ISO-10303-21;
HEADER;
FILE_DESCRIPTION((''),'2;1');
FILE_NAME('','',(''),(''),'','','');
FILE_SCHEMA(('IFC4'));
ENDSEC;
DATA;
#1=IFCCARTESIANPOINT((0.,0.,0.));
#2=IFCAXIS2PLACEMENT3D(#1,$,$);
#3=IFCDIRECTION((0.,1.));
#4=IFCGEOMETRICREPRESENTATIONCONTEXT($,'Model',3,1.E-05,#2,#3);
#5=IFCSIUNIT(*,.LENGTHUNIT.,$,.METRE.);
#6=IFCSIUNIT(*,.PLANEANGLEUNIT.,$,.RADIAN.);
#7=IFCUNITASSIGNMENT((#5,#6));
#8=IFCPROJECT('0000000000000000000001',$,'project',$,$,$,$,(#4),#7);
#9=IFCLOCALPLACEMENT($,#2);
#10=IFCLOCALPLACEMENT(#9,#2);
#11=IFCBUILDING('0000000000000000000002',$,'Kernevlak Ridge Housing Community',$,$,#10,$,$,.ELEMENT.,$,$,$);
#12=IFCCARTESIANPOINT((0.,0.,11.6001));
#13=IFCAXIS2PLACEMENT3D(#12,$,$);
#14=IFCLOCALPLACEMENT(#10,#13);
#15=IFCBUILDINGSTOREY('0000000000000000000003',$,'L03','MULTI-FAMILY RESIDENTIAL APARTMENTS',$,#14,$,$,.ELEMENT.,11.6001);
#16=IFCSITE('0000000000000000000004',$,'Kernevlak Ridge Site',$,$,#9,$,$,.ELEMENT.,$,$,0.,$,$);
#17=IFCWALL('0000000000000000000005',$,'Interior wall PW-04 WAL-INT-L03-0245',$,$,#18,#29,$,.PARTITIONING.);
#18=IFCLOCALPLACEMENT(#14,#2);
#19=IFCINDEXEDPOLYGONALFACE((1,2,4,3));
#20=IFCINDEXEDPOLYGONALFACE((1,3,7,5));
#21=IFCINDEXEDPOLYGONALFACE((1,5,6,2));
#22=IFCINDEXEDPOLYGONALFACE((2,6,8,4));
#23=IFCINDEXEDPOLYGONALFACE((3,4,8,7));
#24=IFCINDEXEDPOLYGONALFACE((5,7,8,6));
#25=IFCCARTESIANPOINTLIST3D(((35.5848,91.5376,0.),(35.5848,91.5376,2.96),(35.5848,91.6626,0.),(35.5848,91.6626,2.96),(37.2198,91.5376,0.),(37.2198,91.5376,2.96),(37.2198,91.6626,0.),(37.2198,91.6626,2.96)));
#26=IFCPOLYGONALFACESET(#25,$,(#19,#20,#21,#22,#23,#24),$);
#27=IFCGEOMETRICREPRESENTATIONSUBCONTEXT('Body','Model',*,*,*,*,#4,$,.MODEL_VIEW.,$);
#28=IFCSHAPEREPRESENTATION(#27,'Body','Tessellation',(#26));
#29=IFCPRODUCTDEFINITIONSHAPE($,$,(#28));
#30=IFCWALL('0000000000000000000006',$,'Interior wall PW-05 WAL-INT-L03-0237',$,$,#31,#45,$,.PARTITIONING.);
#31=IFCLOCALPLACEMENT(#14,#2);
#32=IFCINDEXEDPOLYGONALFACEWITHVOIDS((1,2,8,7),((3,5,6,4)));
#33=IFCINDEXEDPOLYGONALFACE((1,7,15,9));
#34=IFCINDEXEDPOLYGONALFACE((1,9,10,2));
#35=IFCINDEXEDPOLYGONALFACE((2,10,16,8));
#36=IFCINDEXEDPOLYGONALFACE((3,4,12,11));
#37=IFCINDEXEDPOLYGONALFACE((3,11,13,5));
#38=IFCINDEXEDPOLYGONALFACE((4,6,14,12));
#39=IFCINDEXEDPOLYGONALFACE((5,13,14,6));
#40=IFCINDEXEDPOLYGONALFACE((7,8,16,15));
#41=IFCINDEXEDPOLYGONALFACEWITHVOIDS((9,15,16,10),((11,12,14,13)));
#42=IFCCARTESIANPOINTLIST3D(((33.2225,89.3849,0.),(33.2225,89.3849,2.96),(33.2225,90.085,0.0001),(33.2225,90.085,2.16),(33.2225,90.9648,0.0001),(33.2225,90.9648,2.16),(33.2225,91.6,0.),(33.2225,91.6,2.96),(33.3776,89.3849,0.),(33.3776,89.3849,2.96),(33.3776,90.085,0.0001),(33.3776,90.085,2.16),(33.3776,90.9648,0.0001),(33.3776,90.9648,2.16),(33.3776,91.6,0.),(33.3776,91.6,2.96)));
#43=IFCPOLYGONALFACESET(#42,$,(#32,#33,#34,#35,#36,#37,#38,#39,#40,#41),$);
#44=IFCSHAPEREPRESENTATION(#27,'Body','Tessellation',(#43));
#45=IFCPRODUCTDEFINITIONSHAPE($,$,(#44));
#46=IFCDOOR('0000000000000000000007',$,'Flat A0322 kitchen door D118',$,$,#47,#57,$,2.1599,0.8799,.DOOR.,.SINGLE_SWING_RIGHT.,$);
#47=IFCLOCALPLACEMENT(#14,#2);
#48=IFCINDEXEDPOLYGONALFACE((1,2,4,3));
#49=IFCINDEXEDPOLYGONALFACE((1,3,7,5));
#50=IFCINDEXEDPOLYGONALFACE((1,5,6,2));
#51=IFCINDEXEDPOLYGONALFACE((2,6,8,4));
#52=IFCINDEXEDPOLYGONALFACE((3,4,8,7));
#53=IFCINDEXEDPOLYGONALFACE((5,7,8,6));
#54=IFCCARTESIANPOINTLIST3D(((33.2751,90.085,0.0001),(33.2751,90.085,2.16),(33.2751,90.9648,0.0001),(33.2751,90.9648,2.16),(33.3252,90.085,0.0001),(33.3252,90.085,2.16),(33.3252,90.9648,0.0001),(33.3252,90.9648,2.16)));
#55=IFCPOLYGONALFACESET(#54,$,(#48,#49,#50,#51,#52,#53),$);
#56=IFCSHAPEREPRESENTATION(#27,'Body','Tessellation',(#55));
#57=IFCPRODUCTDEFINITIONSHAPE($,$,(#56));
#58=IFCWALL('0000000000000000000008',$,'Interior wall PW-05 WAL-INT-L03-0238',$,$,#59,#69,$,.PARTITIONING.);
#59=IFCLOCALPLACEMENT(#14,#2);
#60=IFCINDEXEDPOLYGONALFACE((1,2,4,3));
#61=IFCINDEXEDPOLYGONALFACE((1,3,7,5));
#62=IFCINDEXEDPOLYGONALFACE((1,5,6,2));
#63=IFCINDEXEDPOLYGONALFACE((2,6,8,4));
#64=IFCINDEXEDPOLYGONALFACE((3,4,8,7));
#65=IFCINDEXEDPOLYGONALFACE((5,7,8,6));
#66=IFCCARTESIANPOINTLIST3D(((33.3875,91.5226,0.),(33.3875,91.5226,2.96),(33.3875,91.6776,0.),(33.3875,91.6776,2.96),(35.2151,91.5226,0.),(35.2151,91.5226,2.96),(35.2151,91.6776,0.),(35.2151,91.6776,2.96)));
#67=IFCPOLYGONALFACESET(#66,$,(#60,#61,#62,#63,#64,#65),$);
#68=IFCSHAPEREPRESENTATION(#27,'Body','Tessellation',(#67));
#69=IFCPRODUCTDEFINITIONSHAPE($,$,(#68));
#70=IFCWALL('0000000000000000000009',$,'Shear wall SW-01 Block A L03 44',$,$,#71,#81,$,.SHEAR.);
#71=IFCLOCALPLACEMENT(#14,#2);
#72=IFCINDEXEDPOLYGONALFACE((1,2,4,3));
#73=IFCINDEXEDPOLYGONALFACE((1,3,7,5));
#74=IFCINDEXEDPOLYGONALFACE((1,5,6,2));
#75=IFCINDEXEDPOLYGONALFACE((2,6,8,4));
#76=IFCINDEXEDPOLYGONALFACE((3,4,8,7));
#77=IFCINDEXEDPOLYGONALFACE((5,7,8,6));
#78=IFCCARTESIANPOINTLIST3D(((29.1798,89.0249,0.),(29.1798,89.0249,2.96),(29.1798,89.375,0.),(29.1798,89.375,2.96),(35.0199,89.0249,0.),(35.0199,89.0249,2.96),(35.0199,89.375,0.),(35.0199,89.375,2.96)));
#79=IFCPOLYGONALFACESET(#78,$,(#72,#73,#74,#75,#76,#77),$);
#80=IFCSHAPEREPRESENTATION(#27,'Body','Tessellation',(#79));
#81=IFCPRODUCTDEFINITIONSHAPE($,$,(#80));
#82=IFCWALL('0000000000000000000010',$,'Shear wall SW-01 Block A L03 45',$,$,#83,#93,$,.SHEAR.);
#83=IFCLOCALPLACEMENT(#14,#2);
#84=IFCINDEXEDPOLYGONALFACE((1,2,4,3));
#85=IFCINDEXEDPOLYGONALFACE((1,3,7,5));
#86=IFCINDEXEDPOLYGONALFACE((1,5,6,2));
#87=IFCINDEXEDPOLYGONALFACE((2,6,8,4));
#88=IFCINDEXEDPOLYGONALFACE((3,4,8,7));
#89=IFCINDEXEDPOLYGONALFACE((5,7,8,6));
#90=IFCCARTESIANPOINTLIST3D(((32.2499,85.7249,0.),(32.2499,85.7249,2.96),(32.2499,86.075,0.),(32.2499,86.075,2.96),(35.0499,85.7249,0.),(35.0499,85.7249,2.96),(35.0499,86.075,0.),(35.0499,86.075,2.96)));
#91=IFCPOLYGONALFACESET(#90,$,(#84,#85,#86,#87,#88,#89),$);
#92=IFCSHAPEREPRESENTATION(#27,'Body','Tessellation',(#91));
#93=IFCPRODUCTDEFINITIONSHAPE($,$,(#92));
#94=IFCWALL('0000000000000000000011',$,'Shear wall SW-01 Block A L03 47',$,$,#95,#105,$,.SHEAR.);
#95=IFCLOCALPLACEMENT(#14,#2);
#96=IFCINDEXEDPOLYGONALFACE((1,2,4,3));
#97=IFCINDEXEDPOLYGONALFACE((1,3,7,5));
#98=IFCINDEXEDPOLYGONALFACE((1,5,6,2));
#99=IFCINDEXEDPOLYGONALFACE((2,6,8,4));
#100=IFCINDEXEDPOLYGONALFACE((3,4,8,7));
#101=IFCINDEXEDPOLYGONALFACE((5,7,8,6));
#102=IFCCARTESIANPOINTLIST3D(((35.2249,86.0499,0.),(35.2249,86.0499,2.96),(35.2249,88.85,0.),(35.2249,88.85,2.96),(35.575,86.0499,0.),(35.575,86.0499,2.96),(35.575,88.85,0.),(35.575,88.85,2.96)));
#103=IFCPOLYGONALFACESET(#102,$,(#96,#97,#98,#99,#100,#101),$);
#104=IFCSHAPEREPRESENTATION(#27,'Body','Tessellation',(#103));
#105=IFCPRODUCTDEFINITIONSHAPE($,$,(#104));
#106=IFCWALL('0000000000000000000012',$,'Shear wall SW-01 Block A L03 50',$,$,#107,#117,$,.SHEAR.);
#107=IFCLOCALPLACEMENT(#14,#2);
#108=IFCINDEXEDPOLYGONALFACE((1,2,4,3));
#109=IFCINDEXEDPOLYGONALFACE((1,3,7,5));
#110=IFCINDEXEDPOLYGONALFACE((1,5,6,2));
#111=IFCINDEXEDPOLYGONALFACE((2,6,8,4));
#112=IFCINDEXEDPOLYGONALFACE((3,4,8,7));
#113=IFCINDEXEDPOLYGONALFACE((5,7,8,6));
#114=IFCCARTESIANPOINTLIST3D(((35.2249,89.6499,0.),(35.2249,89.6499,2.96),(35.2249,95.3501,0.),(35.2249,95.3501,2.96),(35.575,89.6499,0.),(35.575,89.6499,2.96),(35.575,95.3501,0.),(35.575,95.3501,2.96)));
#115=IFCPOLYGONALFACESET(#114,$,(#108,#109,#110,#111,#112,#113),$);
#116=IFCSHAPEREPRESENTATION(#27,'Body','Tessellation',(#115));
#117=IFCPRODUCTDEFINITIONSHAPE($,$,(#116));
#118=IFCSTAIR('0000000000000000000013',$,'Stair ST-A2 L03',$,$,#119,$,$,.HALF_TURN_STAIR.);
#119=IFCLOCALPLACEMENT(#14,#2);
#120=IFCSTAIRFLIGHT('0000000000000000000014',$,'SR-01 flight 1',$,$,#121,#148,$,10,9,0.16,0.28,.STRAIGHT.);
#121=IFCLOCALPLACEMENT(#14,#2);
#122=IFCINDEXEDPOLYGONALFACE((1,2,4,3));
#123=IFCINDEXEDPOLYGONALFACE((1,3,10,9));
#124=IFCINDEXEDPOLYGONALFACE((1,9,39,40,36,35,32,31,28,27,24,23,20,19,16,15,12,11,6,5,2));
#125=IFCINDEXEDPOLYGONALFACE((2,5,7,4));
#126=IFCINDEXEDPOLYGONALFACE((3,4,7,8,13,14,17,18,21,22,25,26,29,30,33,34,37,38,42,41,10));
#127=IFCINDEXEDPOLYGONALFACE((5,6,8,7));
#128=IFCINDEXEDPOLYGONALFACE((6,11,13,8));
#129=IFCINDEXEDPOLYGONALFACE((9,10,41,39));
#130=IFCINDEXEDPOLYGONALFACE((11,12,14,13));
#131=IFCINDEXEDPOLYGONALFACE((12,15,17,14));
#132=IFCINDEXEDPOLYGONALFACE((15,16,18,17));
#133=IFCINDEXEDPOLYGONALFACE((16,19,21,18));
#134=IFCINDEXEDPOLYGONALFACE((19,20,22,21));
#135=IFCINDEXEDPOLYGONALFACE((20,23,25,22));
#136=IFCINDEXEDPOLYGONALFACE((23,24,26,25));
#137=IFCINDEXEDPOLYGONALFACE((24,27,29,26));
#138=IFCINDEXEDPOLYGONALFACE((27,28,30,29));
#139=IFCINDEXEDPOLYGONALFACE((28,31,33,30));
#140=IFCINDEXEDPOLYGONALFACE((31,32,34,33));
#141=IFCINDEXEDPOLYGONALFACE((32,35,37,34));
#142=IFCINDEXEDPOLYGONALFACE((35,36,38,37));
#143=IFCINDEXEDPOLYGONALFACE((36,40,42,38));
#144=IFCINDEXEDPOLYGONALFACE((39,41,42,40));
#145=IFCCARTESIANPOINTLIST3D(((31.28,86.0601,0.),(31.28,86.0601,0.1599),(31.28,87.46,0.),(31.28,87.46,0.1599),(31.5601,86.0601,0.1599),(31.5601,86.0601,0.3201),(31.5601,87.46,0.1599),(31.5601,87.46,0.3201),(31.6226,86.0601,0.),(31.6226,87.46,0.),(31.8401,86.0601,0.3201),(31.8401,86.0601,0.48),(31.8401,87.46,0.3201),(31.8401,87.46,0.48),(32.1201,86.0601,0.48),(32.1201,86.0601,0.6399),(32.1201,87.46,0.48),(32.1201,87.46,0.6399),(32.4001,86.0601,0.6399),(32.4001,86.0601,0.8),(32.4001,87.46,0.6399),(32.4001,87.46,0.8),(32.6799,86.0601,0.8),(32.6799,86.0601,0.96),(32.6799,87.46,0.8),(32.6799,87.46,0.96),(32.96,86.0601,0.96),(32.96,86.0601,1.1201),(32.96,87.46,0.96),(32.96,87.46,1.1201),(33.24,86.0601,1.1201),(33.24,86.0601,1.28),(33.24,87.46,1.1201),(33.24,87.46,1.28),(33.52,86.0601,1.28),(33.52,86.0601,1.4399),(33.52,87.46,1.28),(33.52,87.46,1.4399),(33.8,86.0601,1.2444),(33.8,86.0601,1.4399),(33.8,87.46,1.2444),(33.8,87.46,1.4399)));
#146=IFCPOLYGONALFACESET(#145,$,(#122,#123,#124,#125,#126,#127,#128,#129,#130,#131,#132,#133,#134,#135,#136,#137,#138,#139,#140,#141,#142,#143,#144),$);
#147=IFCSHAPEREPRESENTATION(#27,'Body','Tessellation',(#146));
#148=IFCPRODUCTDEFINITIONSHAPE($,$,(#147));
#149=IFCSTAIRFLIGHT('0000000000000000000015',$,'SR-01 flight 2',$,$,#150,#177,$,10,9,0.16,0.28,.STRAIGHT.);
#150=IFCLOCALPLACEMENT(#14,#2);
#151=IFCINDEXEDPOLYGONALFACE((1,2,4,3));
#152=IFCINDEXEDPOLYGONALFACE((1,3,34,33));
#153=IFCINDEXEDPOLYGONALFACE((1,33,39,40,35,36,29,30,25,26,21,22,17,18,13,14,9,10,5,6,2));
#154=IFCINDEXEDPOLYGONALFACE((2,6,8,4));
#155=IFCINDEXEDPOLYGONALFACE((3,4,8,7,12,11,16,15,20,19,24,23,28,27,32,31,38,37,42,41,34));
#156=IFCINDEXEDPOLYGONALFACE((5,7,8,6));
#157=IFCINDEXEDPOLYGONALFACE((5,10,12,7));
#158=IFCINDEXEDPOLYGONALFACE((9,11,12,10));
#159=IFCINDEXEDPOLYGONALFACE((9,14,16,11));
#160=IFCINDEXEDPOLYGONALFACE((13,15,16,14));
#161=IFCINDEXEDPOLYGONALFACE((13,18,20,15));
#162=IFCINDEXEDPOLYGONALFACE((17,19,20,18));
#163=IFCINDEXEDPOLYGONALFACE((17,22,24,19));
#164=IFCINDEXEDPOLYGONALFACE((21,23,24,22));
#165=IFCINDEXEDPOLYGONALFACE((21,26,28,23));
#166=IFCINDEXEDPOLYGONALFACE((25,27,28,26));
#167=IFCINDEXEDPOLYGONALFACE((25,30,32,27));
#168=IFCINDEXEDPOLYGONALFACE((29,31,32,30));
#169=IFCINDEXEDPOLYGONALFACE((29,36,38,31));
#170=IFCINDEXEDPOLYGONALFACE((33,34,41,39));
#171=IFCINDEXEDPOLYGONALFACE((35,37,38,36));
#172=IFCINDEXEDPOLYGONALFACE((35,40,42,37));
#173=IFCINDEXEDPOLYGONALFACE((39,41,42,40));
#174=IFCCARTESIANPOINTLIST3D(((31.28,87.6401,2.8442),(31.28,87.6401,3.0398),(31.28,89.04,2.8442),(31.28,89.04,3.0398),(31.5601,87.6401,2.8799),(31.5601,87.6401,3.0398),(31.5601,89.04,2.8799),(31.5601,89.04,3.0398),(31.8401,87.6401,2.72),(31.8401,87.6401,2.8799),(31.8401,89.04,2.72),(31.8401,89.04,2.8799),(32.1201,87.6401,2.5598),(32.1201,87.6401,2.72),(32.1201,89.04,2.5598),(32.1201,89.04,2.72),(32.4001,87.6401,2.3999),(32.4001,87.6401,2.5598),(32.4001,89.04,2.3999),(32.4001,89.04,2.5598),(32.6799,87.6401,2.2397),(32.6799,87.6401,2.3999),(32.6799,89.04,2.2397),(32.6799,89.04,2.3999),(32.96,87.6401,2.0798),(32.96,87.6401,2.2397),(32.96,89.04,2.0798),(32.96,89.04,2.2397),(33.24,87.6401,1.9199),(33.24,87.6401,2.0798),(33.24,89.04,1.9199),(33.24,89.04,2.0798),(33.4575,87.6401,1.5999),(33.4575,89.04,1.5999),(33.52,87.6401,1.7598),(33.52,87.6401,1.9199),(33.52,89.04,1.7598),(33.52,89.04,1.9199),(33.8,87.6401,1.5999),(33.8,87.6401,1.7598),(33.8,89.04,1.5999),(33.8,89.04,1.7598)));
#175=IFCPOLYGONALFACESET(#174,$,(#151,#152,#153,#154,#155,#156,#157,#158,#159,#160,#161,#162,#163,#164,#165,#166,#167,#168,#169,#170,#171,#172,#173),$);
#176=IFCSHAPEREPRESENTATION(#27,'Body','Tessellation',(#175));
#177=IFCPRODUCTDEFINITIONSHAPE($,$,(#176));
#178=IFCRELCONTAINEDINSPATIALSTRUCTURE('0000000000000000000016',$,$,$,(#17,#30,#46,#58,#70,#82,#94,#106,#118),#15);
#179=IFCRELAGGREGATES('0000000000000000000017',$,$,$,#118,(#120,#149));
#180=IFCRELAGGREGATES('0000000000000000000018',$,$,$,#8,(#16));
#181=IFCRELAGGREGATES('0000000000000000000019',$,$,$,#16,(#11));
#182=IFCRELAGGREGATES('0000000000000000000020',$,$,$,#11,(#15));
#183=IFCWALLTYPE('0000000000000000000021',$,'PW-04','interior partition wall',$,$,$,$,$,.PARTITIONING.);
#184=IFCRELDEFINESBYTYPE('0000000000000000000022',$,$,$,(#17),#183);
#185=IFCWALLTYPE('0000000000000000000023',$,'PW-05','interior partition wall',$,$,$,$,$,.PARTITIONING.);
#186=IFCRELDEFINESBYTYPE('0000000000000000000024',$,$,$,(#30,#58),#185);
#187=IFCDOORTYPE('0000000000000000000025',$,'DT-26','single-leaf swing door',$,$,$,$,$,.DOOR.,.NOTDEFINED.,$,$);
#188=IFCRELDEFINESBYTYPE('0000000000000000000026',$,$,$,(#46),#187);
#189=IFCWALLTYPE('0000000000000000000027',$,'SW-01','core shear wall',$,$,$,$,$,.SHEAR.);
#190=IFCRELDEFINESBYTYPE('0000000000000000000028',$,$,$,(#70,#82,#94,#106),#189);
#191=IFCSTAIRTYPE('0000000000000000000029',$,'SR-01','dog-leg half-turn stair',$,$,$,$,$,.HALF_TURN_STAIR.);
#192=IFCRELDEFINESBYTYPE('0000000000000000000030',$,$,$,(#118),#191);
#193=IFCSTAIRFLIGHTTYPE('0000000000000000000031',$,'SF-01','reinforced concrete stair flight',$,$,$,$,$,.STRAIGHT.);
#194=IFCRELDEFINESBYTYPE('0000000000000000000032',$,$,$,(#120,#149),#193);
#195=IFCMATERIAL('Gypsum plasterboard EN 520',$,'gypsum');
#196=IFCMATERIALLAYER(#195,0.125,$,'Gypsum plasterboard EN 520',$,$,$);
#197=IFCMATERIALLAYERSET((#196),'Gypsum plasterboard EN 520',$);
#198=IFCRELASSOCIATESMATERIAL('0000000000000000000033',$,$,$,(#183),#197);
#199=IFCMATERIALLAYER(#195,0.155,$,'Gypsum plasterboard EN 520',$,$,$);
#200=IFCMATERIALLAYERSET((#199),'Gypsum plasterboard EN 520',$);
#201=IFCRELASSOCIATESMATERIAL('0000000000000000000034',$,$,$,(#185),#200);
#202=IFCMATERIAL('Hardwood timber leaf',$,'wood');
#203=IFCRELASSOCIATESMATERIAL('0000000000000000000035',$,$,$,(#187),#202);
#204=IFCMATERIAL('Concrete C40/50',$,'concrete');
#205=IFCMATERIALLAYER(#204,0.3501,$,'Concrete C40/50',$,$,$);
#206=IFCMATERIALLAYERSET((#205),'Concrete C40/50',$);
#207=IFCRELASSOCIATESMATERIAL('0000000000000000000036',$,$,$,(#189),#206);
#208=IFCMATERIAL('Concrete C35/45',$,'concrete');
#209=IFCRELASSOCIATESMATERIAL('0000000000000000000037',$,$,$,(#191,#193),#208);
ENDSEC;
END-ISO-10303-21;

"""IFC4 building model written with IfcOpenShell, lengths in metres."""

from ifc_helpers import new_model, si_unit, direction, frame, frame_2d, origin, place, context, subcontext, project, spatial, polyline, rectangle, outline, extrude, material, layer, layer_set, type_object, element, fill, aggregate, save


model = new_model("IFC4")

# Units and contexts
model_context = context("Model", 3, precision=1e-05, world=origin(), true_north=direction((0.0, 1.0)))
body_context = subcontext(model_context, "Body", "Model", "MODEL_VIEW")
ifc_project = project(units=[si_unit("LENGTHUNIT", "METRE"), si_unit("PLANEANGLEUNIT", "RADIAN")], contexts=[model_context])

# Site, building, storey
site_placement = place(None, origin())
site = spatial("IfcSite", under=ifc_project, at=site_placement, Name="Kernevlak Ridge Site", CompositionType="ELEMENT", RefElevation=0.0)
building_placement = place(site_placement, origin())
building = spatial("IfcBuilding", under=site, at=building_placement, Name="Kernevlak Ridge Housing Community", CompositionType="ELEMENT")
storey_placement = place(building_placement, frame((0.0, 0.0, 11.6001)))
storey = spatial("IfcBuildingStorey", under=building, at=storey_placement, Name="L03", Description="MULTI-FAMILY RESIDENTIAL APARTMENTS", CompositionType="ELEMENT", Elevation=11.6001)

# Shared definitions
ifc_material_1 = material(Name="Concrete C40/50", Category="concrete")

# Shared definitions
ifc_material_2 = material(Name="Concrete C35/45", Category="concrete")

# Wall
ifc_material_3 = material(Name="Gypsum plasterboard EN 520", Category="gypsum")
ifc_layer_1 = layer(ifc_material_3, 0.125, Name="Gypsum plasterboard EN 520")
ifc_layer_set_1 = layer_set([ifc_layer_1], Name="Gypsum plasterboard EN 520")
wall_type_1 = type_object("IfcWallType", Name="PW-04", Description="interior partition wall", PredefinedType="PARTITIONING", material=ifc_layer_set_1)
wall_1_placement = place(storey_placement, frame((35.585, 91.6001, 0.0), z_axis=(0.0, 0.0, 1.0), x_axis=(1.0, 0.0, 0.0)))
element("IfcWall", 1, at=wall_1_placement, inside=storey, type_object=wall_type_1, Name="Interior wall PW-04 WAL-INT-L03-0245", PredefinedType="PARTITIONING", context=body_context, shape_type="SweptSolid", body=[
    extrude(rectangle(XDim=1.635, YDim=0.125, at=frame_2d((0.8174, 0.0))), origin(), (0.0, 0.0, 1.0), 2.96),
])

# Wall, opening, door
ifc_layer_2 = layer(ifc_material_3, 0.155, Name="Gypsum plasterboard EN 520")
ifc_layer_set_2 = layer_set([ifc_layer_2], Name="Gypsum plasterboard EN 520")
wall_type_2 = type_object("IfcWallType", Name="PW-05", Description="interior partition wall", PredefinedType="PARTITIONING", material=ifc_layer_set_2)
wall_2_placement = place(storey_placement, frame((33.3, 89.385, 0.0), z_axis=(0.0, 0.0, 1.0), x_axis=(0.0, 1.0, 0.0)))
wall_2 = element("IfcWall", 2, at=wall_2_placement, inside=storey, type_object=wall_type_2, Name="Interior wall PW-05 WAL-INT-L03-0237", PredefinedType="PARTITIONING", context=body_context, shape_type="SweptSolid", body=[
    extrude(rectangle(XDim=2.2151, YDim=0.155, at=frame_2d((1.1074, 0.0))), origin(), (0.0, 0.0, 1.0), 2.96),
])
opening_1_placement = place(wall_2_placement, frame((0.7, 0.0, 0.0)))
opening_1 = element("IfcOpeningElement", 3, at=opening_1_placement, cuts=wall_2, PredefinedType="OPENING", context=body_context, shape_type="SweptSolid", body=[
    extrude(rectangle(XDim=0.8799, YDim=2.1599, at=frame_2d((0.4399, 1.0801))), frame((0.0, 0.0874, 0.0), z_axis=(0.0, -1.0, 0.0), x_axis=(1.0, 0.0, 0.0)), (0.0, 0.0, 1.0), 0.175),
])
ifc_material_4 = material(Name="Hardwood timber leaf", Category="wood")
door_type_1 = type_object("IfcDoorType", Name="DT-26", Description="single-leaf swing door", OperationType="NOTDEFINED", PredefinedType="DOOR", material=ifc_material_4)
door_1_placement = place(opening_1_placement, origin())
door_1 = element("IfcDoor", 4, at=door_1_placement, inside=storey, type_object=door_type_1, Name="Flat A0322 kitchen door D118", OperationType="SINGLE_SWING_RIGHT", OverallHeight=2.1599, OverallWidth=0.8799, PredefinedType="DOOR", context=body_context, shape_type="SweptSolid", body=[
    extrude(rectangle(XDim=0.8799, YDim=2.1599, at=frame_2d((0.4399, 1.0801))), frame((0.0, 0.0249, 0.0), z_axis=(0.0, -1.0, 0.0), x_axis=(1.0, 0.0, 0.0)), (0.0, 0.0, 1.0), 0.05),
])
fill(opening_1, door_1)

# Walls
wall_3_placement = place(storey_placement, frame((33.3875, 91.6001, 0.0), z_axis=(0.0, 0.0, 1.0), x_axis=(1.0, 0.0, 0.0)))
element("IfcWall", 5, at=wall_3_placement, inside=storey, type_object=wall_type_2, Name="Interior wall PW-05 WAL-INT-L03-0238", PredefinedType="PARTITIONING", context=body_context, shape_type="SweptSolid", body=[
    extrude(rectangle(XDim=1.8276, YDim=0.155, at=frame_2d((0.9138, 0.0))), origin(), (0.0, 0.0, 1.0), 2.96),
])
ifc_layer_3 = layer(ifc_material_1, 0.3501, Name="Concrete C40/50")
ifc_layer_set_3 = layer_set([ifc_layer_3], Name="Concrete C40/50")
wall_type_3 = type_object("IfcWallType", Name="SW-01", Description="core shear wall", PredefinedType="SHEAR", material=ifc_layer_set_3)
wall_4_placement = place(storey_placement, frame((29.1799, 89.2, 0.0), z_axis=(0.0, 0.0, 1.0), x_axis=(1.0, 0.0, 0.0)))
element("IfcWall", 6, at=wall_4_placement, inside=storey, type_object=wall_type_3, Name="Shear wall SW-01 Block A L03 44", PredefinedType="SHEAR", context=body_context, shape_type="SweptSolid", body=[
    extrude(rectangle(XDim=5.8401, YDim=0.3501, at=frame_2d((2.9199, 0.0))), origin(), (0.0, 0.0, 1.0), 2.96),
])
for number, where, z_axis, x_axis, name in (
    (7, (32.25, 85.8999, 0.0), (0.0, 0.0, 1.0), (1.0, 0.0, 0.0), "Shear wall SW-01 Block A L03 45"),
    (8, (35.3999, 86.05, 0.0), (0.0, 0.0, 1.0), (0.0, 1.0, 0.0), "Shear wall SW-01 Block A L03 47"),
):
    element("IfcWall", number, at=place(storey_placement, frame(where, z_axis=z_axis, x_axis=x_axis)), inside=storey, type_object=wall_type_3, Name=name, PredefinedType="SHEAR", context=body_context, shape_type="SweptSolid", body=[
        extrude(rectangle(XDim=2.8, YDim=0.3501, at=frame_2d((1.3999, 0.0))), origin(), (0.0, 0.0, 1.0), 2.96),
    ])
wall_5_placement = place(storey_placement, frame((35.3999, 89.6499, 0.0), z_axis=(0.0, 0.0, 1.0), x_axis=(0.0, 1.0, 0.0)))
element("IfcWall", 9, at=wall_5_placement, inside=storey, type_object=wall_type_3, Name="Shear wall SW-01 Block A L03 50", PredefinedType="SHEAR", context=body_context, shape_type="SweptSolid", body=[
    extrude(rectangle(XDim=5.7002, YDim=0.3501, at=frame_2d((2.8501, 0.0))), origin(), (0.0, 0.0, 1.0), 2.96),
])

# Stair, stair flights
stair_type = type_object("IfcStairType", Name="SR-01", Description="dog-leg half-turn stair", PredefinedType="HALF_TURN_STAIR", material=ifc_material_2)
stair_placement = place(storey_placement, origin())
stair = element("IfcStair", 10, at=stair_placement, inside=storey, type_object=stair_type, Name="Stair ST-A2 L03", PredefinedType="HALF_TURN_STAIR")
stair_flight_type = type_object("IfcStairFlightType", Name="SF-01", Description="reinforced concrete stair flight", PredefinedType="STRAIGHT", material=ifc_material_2)
stair_flight_1_placement = place(storey_placement, frame((31.28, 86.76, 0.0), z_axis=(0.0, 0.0, 1.0), x_axis=(1.0, 0.0, 0.0)))
stair_flight_1 = element("IfcStairFlight", 11, at=stair_flight_1_placement, type_object=stair_flight_type, Name="SR-01 flight 1", NumberOfRisers=10, NumberOfTreads=9, PredefinedType="STRAIGHT", RiserHeight=0.16, TreadLength=0.28, context=body_context, shape_type="SweptSolid", body=[
    extrude(outline(polyline([(0.0, 0.0), (0.0, 0.1599), (0.28, 0.1599), (0.28, 0.3201), (0.5601, 0.3201), (0.5601, 0.48), (0.8401, 0.48), (0.8401, 0.6399), (1.1201, 0.6399), (1.1201, 0.8), (1.3999, 0.8), (1.3999, 0.96), (1.6799, 0.96), (1.6799, 1.1201), (1.96, 1.1201), (1.96, 1.28), (2.24, 1.28), (2.24, 1.4399), (2.52, 1.4399), (2.52, 1.6001), (2.52, 1.2444), (0.3425, 0.0), (0.0, 0.0)])), frame((0.0, 0.7, 0.0), z_axis=(0.0, -1.0, 0.0), x_axis=(1.0, 0.0, 0.0)), (0.0, 0.0, 1.0), 1.3999),
])
stair_flight_2_placement = place(storey_placement, frame((33.8, 88.3401, 1.5999), z_axis=(0.0, 0.0, 1.0), x_axis=(-1.0, 0.0, 0.0)))
stair_flight_2 = element("IfcStairFlight", 12, at=stair_flight_2_placement, type_object=stair_flight_type, Name="SR-01 flight 2", NumberOfRisers=10, NumberOfTreads=9, PredefinedType="STRAIGHT", RiserHeight=0.16, TreadLength=0.28, context=body_context, shape_type="SweptSolid", body=[
    extrude(outline(polyline([(0.0, 0.0), (0.0, 0.1599), (0.28, 0.1599), (0.28, 0.3201), (0.5601, 0.3201), (0.5601, 0.48), (0.8401, 0.48), (0.8401, 0.6399), (1.1201, 0.6399), (1.1201, 0.8), (1.3999, 0.8), (1.3999, 0.96), (1.6799, 0.96), (1.6799, 1.1201), (1.96, 1.1201), (1.96, 1.28), (2.24, 1.28), (2.24, 1.4399), (2.52, 1.4399), (2.52, 1.6001), (2.52, 1.2444), (0.3425, 0.0), (0.0, 0.0)])), frame((0.0, 0.7, 0.0), z_axis=(0.0, -1.0, 0.0), x_axis=(1.0, 0.0, 0.0)), (0.0, 0.0, 1.0), 1.3999),
])
aggregate(stair, [stair_flight_1, stair_flight_2])

save(model, "model.ifc")
